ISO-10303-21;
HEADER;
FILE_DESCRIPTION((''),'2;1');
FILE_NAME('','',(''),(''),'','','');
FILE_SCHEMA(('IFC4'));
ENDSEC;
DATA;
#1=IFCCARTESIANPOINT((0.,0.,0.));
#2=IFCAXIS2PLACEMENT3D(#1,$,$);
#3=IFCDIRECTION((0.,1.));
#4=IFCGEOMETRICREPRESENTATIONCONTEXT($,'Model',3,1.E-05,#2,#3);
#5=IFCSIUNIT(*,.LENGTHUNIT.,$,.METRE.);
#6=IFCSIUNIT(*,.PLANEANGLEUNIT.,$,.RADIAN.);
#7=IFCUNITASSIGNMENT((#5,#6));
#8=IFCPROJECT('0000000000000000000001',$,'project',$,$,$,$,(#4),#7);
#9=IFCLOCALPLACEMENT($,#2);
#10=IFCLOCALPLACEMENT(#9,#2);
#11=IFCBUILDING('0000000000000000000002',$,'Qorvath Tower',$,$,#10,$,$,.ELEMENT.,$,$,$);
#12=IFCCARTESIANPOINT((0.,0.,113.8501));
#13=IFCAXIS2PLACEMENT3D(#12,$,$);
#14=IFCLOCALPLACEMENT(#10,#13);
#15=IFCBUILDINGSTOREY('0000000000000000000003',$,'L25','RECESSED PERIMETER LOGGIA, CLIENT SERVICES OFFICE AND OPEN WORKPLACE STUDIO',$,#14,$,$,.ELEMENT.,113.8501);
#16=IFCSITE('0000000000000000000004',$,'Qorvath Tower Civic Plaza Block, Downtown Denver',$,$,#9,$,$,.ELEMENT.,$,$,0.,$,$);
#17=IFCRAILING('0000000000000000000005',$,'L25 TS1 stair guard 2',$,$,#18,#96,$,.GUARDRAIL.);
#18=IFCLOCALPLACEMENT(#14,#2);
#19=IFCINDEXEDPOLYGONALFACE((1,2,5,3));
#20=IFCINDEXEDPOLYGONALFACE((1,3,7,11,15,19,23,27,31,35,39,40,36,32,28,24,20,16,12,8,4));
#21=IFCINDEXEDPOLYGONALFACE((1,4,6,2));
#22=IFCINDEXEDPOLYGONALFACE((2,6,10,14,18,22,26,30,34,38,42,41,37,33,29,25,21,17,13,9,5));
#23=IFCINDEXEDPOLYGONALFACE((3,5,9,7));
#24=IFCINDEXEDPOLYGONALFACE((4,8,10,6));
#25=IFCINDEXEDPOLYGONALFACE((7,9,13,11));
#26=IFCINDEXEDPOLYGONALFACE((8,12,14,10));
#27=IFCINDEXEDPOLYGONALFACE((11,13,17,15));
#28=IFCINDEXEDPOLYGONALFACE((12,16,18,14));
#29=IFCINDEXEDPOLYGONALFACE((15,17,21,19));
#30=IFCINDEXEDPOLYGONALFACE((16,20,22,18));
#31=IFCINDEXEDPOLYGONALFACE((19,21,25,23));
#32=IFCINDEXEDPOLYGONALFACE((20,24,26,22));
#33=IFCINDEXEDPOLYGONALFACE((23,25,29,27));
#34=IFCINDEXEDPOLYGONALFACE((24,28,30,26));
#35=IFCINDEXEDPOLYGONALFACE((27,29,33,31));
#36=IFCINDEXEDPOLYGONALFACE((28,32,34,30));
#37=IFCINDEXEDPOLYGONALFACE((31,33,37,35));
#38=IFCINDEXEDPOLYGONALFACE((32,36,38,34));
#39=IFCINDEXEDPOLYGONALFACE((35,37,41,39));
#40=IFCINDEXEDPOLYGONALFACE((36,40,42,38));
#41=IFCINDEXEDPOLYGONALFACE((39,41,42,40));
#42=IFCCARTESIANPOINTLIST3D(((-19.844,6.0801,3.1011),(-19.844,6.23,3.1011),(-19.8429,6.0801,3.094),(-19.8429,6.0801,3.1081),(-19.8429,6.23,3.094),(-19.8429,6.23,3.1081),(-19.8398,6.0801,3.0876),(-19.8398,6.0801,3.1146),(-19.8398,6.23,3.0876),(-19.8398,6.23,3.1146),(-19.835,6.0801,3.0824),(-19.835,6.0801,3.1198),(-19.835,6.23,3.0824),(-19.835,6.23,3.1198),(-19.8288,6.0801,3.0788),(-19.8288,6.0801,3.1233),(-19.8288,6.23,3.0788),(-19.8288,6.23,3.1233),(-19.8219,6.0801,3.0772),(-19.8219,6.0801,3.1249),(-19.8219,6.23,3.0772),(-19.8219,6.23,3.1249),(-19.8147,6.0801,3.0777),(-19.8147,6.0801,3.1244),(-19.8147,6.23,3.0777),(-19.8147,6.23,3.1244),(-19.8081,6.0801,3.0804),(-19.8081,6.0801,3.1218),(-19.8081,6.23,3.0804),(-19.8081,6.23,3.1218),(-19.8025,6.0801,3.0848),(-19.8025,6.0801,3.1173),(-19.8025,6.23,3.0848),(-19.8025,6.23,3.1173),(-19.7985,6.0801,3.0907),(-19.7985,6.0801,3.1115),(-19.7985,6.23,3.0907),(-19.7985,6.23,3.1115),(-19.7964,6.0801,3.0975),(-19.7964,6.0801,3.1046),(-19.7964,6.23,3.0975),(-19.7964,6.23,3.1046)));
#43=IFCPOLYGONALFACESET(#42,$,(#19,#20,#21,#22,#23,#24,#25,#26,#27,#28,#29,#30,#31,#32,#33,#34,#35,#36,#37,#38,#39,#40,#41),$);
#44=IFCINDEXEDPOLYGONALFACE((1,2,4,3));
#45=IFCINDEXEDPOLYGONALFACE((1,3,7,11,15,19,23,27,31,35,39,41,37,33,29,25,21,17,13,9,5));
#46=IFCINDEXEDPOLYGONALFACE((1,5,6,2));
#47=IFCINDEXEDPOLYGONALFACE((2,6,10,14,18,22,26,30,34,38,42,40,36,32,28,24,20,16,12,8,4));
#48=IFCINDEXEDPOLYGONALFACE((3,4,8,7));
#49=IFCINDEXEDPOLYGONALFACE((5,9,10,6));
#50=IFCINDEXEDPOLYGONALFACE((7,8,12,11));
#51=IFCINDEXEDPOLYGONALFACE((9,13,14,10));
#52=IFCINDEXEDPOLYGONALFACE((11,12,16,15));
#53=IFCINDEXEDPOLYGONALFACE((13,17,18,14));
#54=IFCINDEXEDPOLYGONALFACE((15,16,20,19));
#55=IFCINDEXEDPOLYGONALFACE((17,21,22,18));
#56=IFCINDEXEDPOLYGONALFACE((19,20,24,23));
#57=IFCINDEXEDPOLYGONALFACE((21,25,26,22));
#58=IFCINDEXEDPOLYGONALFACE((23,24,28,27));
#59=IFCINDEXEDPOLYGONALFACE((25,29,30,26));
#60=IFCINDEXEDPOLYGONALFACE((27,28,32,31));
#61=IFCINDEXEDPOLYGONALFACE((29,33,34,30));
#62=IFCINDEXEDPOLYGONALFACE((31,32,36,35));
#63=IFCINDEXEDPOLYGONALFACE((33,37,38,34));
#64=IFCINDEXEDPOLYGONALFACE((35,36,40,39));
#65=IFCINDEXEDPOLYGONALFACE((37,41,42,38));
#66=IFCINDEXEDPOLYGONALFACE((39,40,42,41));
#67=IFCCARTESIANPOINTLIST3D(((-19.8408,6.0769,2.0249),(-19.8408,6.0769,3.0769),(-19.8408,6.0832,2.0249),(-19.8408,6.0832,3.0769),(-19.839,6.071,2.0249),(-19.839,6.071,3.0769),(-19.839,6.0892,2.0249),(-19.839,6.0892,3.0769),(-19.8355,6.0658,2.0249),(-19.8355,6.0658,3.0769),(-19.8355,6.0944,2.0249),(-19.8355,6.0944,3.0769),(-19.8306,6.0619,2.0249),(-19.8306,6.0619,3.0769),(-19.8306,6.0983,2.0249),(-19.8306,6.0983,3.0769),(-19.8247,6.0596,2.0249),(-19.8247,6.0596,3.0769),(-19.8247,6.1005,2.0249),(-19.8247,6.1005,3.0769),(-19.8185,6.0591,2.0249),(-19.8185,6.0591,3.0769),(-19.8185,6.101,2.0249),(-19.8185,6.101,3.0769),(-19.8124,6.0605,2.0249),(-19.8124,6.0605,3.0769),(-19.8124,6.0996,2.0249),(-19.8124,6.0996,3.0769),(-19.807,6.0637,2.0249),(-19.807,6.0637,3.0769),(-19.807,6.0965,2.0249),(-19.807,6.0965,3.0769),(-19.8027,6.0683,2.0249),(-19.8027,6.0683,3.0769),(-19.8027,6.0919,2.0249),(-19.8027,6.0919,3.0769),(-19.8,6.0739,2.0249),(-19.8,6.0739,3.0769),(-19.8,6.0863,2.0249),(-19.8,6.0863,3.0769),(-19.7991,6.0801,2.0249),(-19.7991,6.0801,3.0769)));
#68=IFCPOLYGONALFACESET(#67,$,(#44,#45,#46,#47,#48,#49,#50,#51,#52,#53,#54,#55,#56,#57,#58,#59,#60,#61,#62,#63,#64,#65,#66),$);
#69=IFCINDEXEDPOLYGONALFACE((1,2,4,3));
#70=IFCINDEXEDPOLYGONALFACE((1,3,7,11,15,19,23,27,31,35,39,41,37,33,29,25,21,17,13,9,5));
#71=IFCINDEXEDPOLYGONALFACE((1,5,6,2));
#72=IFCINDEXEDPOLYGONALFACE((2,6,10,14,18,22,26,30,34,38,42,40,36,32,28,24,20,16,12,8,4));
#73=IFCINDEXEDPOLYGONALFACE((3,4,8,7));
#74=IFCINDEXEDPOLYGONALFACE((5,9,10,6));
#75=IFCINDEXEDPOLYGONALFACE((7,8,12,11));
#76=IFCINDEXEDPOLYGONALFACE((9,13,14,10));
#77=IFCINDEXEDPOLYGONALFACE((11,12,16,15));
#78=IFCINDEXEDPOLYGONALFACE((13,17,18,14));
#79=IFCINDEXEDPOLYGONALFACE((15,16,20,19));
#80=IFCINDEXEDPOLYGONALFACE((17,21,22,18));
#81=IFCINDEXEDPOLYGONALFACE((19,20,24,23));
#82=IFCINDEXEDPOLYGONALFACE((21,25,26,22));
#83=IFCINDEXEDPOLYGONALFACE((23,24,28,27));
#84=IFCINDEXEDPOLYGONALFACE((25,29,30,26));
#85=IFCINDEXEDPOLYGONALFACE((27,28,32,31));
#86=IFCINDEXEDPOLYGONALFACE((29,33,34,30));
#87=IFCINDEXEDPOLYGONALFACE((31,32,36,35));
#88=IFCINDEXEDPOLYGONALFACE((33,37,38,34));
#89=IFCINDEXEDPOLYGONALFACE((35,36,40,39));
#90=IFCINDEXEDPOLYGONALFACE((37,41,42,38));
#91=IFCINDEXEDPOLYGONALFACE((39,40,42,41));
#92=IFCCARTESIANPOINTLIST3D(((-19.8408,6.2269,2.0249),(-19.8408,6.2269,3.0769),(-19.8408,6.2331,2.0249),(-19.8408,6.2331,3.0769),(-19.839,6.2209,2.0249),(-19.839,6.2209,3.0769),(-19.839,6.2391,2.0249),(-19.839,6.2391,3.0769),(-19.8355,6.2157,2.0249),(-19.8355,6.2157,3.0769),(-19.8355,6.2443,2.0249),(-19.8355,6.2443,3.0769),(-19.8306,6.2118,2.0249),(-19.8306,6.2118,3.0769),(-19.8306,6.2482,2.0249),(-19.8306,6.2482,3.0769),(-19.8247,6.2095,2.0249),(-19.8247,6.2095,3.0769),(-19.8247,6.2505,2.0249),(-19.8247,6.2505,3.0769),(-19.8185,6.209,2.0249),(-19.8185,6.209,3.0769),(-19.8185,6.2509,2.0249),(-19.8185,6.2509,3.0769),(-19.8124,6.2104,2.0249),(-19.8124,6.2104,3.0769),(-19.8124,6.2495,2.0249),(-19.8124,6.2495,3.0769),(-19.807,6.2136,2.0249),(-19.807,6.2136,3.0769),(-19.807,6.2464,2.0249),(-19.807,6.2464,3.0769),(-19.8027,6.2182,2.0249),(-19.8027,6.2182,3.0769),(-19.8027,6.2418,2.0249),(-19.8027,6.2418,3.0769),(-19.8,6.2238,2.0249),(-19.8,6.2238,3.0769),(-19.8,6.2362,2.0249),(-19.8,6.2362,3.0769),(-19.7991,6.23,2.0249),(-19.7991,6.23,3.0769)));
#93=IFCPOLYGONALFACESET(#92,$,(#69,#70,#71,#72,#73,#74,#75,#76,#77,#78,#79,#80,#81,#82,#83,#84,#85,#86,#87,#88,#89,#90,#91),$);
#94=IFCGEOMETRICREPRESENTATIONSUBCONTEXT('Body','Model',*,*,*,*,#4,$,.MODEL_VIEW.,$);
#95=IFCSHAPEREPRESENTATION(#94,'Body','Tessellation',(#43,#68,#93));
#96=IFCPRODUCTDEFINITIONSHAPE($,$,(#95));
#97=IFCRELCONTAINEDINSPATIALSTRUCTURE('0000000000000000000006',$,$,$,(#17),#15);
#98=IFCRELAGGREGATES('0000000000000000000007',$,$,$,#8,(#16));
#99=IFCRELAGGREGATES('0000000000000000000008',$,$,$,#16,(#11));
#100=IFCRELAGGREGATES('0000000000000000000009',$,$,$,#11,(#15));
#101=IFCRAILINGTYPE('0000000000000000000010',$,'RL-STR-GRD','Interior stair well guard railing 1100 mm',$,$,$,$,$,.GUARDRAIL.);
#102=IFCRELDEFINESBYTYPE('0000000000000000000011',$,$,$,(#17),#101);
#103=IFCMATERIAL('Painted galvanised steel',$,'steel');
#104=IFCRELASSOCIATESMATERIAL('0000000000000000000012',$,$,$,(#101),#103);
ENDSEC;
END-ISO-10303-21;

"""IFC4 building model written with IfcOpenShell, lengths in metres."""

from ifc_helpers import new_model, si_unit, direction, frame, origin, origin_2d, place, context, subcontext, project, spatial, circle, extrude, material, type_object, element, save


model = new_model("IFC4")

# Units and contexts
model_context = context("Model", 3, precision=1e-05, world=origin(), true_north=direction((0.0, 1.0)))
body_context = subcontext(model_context, "Body", "Model", "MODEL_VIEW")
ifc_project = project(units=[si_unit("LENGTHUNIT", "METRE"), si_unit("PLANEANGLEUNIT", "RADIAN")], contexts=[model_context])

# Site, building, storey
site_placement = place(None, origin())
site = spatial("IfcSite", under=ifc_project, at=site_placement, Name="Qorvath Tower Civic Plaza Block, Downtown Denver", CompositionType="ELEMENT", RefElevation=0.0)
building_placement = place(site_placement, origin())
building = spatial("IfcBuilding", under=site, at=building_placement, Name="Qorvath Tower", CompositionType="ELEMENT")
storey_placement = place(building_placement, frame((0.0, 0.0, 113.8501)))
storey = spatial("IfcBuildingStorey", under=building, at=storey_placement, Name="L25", Description="RECESSED PERIMETER LOGGIA, CLIENT SERVICES OFFICE AND OPEN WORKPLACE STUDIO", CompositionType="ELEMENT", Elevation=113.8501)

# Railing
ifc_material_1 = material(Name="Painted galvanised steel", Category="steel")
railing_type_1 = type_object("IfcRailingType", Name="RL-STR-GRD", Description="Interior stair well guard railing 1100 mm", PredefinedType="GUARDRAIL", material=ifc_material_1)
railing_1_placement = place(storey_placement, frame((-19.8201, 6.0801, 2.0249)))
element("IfcRailing", 1, at=railing_1_placement, inside=storey, type_object=railing_type_1, Name="L25 TS1 stair guard 2", PredefinedType="GUARDRAIL", context=body_context, shape_type="SweptSolid", body=[
    extrude(circle(Radius=0.0239, at=origin_2d()), frame((0.0, 0.0, 1.0762), z_axis=(0.0, 1.0, 0.0), x_axis=(-1.0, 0.0, 0.0)), (0.0, 0.0, 1.0), 0.1499),
    extrude(circle(Radius=0.021, at=origin_2d()), origin(), (0.0, 0.0, 1.0), 1.052),
    extrude(circle(Radius=0.021, at=origin_2d()), frame((0.0, 0.1499, 0.0)), (0.0, 0.0, 1.0), 1.052),
])

save(model, "model.ifc")
